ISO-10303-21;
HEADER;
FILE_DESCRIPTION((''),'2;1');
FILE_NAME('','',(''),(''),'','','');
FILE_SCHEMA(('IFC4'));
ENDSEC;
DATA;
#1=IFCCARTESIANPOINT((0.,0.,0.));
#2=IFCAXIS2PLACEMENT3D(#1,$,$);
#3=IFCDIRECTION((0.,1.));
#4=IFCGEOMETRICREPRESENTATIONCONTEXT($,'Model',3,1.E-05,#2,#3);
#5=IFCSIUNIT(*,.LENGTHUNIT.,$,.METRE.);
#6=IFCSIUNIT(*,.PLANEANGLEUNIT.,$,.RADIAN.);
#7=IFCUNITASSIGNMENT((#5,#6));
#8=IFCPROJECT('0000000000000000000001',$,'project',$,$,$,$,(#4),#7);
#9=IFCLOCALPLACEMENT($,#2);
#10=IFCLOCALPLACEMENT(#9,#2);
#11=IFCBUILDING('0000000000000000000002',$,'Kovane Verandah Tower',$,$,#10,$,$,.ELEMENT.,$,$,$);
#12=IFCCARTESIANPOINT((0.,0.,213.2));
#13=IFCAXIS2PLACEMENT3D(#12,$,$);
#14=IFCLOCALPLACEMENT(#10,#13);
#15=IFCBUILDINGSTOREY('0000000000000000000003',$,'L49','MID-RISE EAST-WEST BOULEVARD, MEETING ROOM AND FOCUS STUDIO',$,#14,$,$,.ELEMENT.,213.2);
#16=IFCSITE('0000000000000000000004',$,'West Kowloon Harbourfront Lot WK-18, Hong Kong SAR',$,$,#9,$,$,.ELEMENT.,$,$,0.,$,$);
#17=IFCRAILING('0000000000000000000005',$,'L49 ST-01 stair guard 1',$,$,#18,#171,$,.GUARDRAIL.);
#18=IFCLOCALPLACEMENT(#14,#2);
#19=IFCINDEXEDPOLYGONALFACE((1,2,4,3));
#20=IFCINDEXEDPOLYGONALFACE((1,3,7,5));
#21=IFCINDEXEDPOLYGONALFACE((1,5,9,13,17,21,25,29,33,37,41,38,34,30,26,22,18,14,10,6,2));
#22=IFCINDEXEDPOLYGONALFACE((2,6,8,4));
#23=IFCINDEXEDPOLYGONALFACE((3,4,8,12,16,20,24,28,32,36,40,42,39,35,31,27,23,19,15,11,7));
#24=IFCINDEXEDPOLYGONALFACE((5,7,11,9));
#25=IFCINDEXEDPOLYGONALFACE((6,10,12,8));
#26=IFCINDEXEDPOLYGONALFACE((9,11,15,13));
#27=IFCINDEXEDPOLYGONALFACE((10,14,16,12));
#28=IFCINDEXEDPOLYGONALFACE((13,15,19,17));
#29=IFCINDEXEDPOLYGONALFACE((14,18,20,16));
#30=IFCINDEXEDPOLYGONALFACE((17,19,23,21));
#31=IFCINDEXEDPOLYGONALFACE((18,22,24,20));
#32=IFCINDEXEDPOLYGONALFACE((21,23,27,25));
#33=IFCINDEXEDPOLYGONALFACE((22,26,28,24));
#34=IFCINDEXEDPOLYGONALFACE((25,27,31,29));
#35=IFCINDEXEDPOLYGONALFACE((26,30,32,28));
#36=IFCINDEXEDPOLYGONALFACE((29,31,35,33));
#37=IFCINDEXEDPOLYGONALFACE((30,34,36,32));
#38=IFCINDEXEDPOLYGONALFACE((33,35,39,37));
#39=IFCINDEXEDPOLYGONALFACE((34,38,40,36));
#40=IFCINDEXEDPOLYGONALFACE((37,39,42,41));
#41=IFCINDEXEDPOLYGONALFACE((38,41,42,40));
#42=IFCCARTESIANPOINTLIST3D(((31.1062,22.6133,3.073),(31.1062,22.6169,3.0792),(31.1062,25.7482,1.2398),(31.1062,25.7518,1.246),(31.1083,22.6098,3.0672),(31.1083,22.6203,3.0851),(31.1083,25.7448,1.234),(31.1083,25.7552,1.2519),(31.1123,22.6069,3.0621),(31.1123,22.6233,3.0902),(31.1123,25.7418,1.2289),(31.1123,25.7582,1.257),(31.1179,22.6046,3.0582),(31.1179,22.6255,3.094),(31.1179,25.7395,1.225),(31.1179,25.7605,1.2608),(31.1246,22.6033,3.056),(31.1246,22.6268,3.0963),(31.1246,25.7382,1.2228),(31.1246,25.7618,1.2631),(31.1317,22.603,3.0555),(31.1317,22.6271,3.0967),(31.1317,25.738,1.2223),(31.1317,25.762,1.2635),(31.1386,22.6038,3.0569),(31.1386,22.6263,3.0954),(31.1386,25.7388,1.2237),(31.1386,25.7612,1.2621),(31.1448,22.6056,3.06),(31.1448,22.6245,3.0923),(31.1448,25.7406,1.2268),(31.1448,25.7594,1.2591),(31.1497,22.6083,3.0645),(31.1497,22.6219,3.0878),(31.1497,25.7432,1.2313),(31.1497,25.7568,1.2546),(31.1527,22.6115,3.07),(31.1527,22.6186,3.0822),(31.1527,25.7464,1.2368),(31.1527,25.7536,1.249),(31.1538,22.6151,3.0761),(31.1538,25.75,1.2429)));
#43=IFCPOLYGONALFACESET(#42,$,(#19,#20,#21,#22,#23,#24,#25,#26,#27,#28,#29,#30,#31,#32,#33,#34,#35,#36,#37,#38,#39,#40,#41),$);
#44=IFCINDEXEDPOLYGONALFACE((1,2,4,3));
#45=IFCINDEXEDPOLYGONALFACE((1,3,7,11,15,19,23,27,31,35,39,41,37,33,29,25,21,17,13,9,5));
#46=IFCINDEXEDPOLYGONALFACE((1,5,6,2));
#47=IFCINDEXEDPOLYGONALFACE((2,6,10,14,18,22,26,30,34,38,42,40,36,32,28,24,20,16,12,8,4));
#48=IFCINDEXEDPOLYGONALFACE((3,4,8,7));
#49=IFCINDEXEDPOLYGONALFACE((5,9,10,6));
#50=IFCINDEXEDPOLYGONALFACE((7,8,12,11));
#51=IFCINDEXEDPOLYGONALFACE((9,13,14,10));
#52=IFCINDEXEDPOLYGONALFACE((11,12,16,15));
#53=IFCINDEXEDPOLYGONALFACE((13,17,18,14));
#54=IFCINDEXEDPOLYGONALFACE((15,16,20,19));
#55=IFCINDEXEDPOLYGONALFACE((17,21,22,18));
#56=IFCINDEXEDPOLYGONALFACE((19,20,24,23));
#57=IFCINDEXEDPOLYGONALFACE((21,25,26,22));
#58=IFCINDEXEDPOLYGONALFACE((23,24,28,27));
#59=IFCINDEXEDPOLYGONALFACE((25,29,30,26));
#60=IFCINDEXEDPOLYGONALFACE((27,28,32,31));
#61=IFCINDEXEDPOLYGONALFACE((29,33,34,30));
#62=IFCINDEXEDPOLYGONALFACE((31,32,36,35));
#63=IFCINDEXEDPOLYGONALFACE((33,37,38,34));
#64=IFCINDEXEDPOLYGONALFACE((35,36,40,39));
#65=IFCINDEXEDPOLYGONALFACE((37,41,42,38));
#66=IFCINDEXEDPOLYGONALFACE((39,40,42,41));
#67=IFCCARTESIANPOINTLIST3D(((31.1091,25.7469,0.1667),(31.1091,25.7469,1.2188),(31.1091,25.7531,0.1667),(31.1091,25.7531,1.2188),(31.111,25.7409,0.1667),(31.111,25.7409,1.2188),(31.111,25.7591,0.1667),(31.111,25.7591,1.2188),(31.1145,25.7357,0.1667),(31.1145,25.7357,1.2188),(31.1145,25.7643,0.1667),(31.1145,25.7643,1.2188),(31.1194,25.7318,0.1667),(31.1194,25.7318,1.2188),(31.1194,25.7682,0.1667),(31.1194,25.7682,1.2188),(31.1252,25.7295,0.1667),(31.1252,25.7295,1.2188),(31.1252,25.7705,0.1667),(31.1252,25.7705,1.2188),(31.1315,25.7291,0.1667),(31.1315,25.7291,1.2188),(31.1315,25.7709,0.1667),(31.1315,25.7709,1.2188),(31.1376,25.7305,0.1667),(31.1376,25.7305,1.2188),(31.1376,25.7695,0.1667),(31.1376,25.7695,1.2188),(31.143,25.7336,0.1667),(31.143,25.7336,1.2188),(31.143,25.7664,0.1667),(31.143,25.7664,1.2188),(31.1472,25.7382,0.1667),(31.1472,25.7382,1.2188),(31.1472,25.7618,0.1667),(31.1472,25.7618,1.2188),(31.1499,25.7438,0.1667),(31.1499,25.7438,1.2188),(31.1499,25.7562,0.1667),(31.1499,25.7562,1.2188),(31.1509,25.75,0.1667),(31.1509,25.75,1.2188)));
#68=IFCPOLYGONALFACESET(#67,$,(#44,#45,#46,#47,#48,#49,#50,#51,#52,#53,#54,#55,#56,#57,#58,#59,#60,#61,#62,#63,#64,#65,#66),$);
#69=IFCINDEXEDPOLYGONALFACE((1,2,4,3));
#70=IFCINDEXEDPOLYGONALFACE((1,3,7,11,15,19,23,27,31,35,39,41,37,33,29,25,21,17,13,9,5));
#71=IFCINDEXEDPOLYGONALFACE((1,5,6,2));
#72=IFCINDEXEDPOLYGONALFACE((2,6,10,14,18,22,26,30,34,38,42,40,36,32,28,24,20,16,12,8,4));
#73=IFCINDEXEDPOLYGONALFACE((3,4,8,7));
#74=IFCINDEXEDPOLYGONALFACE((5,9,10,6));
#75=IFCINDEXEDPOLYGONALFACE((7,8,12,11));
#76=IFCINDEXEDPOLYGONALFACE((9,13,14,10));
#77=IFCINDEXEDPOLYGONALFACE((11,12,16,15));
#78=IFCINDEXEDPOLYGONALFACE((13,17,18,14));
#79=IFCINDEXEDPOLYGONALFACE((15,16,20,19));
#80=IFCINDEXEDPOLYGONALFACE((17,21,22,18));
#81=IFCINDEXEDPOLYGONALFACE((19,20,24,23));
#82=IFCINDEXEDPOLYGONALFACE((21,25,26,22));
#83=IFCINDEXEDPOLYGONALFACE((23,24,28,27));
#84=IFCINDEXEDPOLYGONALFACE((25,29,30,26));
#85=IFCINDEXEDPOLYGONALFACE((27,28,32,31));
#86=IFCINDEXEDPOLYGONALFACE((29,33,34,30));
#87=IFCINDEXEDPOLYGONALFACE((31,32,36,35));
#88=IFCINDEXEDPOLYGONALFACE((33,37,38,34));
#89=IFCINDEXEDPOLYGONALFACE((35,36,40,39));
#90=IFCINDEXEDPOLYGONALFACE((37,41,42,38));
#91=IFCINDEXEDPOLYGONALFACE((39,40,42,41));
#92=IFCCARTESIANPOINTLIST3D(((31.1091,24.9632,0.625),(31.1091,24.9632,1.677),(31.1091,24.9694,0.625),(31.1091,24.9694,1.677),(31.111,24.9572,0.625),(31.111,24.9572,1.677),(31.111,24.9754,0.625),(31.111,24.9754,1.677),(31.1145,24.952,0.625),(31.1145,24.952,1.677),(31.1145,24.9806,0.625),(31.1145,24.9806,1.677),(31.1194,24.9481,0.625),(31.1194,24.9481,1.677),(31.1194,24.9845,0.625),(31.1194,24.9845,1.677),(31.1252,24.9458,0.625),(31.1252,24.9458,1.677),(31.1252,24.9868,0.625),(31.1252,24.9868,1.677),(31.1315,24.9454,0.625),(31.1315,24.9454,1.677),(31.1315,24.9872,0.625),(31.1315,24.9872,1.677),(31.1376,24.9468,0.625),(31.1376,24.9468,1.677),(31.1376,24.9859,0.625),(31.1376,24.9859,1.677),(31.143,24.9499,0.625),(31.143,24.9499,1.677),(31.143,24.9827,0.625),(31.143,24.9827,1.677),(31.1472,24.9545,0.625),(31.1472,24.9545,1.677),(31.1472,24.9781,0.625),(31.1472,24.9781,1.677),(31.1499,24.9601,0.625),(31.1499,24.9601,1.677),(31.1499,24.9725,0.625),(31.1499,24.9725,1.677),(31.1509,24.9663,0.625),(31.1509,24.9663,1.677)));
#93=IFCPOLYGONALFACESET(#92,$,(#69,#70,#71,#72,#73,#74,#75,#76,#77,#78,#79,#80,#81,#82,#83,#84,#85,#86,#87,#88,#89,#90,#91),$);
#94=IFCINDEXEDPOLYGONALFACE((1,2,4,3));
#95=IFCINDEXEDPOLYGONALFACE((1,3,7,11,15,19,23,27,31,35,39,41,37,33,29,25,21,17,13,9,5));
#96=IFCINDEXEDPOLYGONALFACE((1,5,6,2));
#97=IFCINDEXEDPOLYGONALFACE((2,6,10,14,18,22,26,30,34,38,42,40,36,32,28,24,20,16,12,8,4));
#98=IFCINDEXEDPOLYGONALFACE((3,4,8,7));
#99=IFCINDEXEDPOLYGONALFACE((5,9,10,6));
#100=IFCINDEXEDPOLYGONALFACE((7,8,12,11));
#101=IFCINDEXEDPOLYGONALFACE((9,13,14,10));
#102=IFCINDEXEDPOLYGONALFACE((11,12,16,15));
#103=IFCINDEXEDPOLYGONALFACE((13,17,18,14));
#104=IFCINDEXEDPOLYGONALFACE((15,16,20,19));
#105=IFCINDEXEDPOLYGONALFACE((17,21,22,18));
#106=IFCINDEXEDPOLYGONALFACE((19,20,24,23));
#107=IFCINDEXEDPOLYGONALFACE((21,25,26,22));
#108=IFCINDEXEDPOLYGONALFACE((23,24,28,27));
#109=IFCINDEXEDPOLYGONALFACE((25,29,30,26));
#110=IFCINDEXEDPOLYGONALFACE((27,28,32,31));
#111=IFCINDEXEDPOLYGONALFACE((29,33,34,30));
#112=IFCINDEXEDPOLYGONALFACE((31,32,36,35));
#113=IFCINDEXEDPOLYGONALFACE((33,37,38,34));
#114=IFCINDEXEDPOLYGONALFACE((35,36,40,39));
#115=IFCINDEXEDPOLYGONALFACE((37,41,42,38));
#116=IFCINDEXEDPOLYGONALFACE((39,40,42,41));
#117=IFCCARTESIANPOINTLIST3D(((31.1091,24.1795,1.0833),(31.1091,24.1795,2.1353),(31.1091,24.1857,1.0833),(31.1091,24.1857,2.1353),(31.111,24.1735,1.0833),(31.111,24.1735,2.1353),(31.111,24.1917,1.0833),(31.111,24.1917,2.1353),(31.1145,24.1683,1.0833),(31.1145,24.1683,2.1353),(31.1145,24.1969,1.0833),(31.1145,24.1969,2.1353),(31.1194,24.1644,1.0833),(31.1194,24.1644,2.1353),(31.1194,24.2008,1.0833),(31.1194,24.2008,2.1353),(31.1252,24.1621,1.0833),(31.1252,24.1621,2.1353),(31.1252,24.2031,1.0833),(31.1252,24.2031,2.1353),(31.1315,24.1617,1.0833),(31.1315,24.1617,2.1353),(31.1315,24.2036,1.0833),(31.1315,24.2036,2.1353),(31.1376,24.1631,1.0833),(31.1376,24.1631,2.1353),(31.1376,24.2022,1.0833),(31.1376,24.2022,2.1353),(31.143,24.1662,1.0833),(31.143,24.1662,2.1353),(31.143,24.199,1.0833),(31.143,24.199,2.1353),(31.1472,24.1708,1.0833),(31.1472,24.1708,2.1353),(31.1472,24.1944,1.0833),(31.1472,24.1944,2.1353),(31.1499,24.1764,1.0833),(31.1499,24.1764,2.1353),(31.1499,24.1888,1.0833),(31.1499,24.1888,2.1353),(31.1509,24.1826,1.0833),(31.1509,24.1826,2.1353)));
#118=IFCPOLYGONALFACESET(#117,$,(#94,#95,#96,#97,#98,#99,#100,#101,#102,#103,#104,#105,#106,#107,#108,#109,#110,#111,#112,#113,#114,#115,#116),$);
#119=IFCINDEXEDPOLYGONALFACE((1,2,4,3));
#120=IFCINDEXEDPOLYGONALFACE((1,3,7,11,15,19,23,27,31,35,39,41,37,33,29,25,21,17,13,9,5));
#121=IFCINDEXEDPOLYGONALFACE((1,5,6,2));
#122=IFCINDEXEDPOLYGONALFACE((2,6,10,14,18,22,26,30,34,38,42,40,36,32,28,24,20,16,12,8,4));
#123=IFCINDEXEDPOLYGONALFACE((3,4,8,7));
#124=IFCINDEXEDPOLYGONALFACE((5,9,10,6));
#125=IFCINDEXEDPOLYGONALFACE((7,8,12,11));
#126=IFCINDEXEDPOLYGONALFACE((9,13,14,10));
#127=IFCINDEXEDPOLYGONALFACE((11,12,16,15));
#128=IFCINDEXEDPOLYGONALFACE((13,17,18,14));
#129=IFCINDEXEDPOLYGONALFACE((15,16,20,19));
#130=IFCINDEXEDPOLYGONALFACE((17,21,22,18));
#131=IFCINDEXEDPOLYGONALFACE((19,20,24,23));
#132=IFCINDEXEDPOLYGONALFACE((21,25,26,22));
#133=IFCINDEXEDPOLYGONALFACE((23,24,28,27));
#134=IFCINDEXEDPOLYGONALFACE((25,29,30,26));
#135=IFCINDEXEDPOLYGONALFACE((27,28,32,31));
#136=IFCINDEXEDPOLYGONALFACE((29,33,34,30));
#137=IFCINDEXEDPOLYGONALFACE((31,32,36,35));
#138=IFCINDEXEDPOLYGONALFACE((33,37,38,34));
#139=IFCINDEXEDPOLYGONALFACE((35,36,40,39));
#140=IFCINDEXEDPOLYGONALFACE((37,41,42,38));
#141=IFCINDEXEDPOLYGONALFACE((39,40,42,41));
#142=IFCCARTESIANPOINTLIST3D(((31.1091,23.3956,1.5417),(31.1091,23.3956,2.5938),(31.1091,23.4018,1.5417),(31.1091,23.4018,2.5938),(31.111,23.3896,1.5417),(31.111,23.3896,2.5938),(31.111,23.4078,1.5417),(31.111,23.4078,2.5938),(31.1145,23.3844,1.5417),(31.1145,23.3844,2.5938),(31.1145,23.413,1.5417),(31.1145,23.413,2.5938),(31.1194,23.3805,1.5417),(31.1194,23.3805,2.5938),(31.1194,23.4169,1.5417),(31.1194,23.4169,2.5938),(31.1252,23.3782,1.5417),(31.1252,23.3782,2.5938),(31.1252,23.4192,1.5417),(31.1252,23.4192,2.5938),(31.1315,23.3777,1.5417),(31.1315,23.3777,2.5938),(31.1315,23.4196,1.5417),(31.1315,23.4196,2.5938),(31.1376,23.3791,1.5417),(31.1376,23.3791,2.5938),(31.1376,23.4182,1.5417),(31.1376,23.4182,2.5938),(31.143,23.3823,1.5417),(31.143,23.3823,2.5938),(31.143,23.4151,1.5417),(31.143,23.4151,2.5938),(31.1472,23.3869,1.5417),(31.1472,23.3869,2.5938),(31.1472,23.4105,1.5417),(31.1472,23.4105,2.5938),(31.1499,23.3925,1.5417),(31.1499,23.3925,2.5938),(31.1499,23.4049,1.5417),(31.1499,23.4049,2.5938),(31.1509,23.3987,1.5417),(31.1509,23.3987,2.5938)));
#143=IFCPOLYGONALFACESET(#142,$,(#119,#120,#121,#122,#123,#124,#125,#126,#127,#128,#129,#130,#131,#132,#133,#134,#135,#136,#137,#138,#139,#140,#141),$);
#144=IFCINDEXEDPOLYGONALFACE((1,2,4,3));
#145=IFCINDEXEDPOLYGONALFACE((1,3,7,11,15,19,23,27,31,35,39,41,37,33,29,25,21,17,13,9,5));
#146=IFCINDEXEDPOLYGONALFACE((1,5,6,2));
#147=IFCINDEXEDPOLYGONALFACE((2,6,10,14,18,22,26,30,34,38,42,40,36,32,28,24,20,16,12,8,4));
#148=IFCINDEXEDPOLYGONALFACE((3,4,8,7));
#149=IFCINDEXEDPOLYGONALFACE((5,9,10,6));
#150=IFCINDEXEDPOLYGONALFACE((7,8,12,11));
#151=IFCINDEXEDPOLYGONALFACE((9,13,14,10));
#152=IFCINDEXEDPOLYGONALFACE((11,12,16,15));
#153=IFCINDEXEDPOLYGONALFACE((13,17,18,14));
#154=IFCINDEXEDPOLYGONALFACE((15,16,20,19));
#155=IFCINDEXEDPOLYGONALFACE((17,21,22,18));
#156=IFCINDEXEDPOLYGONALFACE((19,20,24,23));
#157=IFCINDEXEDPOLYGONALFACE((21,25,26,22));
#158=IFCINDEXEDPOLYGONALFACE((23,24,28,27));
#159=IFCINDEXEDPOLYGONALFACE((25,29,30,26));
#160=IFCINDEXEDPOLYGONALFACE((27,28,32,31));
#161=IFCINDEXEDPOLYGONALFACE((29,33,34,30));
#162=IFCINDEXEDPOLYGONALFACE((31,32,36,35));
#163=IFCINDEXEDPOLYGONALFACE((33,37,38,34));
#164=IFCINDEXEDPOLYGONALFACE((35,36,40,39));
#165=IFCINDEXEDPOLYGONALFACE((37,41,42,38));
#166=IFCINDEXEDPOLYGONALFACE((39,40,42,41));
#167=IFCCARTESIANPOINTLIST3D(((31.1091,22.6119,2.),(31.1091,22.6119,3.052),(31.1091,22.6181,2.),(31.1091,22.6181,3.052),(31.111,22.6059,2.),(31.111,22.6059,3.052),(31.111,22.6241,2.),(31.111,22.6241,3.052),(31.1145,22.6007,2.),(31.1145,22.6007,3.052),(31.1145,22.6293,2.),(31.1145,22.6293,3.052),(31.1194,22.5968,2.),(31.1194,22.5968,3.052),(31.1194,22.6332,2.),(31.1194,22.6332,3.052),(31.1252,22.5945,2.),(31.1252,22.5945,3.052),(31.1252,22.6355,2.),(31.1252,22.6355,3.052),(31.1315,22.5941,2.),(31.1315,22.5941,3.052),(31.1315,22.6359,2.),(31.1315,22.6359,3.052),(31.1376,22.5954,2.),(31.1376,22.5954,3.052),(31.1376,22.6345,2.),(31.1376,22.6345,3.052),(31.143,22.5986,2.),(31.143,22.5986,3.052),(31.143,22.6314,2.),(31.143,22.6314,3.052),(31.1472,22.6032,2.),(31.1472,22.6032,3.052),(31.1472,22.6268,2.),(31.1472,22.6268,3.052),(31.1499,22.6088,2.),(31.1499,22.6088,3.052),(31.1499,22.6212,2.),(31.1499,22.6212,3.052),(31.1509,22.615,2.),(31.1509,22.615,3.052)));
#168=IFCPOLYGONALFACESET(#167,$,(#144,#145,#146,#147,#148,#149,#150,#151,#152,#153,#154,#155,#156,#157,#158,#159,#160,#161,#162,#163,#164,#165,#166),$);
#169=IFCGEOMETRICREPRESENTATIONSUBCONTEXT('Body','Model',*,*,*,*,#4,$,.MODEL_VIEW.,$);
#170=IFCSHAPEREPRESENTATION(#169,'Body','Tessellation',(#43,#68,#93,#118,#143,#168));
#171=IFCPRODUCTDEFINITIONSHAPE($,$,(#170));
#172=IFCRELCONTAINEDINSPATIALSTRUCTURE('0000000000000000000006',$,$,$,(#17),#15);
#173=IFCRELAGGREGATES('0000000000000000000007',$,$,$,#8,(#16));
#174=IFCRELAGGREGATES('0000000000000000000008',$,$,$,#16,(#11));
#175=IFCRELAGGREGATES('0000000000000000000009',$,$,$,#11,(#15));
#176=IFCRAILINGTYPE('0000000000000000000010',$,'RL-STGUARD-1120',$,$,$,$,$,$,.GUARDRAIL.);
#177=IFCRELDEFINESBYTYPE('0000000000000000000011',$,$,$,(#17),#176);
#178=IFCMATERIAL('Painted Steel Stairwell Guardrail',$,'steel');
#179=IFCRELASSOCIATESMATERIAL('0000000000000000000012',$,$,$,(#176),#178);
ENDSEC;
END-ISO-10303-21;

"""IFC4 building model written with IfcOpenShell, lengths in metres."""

from ifc_helpers import new_model, si_unit, direction, frame, origin, origin_2d, place, context, subcontext, project, spatial, circle, extrude, material, type_object, element, save


model = new_model("IFC4")

# Units and contexts
model_context = context("Model", 3, precision=1e-05, world=origin(), true_north=direction((0.0, 1.0)))
body_context = subcontext(model_context, "Body", "Model", "MODEL_VIEW")
ifc_project = project(units=[si_unit("LENGTHUNIT", "METRE"), si_unit("PLANEANGLEUNIT", "RADIAN")], contexts=[model_context])

# Site, building, storey
site_placement = place(None, origin())
site = spatial("IfcSite", under=ifc_project, at=site_placement, Name="West Kowloon Harbourfront Lot WK-18, Hong Kong SAR", CompositionType="ELEMENT", RefElevation=0.0)
building_placement = place(site_placement, origin())
building = spatial("IfcBuilding", under=site, at=building_placement, Name="Kovane Verandah Tower", CompositionType="ELEMENT")
storey_placement = place(building_placement, frame((0.0, 0.0, 213.2)))
storey = spatial("IfcBuildingStorey", under=building, at=storey_placement, Name="L49", Description="MID-RISE EAST-WEST BOULEVARD, MEETING ROOM AND FOCUS STUDIO", CompositionType="ELEMENT", Elevation=213.2)

# Railing
ifc_material_1 = material(Name="Painted Steel Stairwell Guardrail", Category="steel")
railing_type_1 = type_object("IfcRailingType", Name="RL-STGUARD-1120", PredefinedType="GUARDRAIL", material=ifc_material_1)
railing_1_placement = place(storey_placement, frame((31.1299, 25.75, 0.1667)))
element("IfcRailing", 1, at=railing_1_placement, inside=storey, type_object=railing_type_1, Name="L49 ST-01 stair guard 1", PredefinedType="GUARDRAIL", context=body_context, shape_type="SweptSolid", body=[
    extrude(circle(Radius=0.0239, at=origin_2d()), frame((0.0, 0.0, 1.0762), z_axis=(0.0, -0.86324, 0.504794), x_axis=(1.0, 0.0, 0.0)), (0.0, 0.0, 1.0), 3.6316),
    extrude(circle(Radius=0.021, at=origin_2d()), origin(), (0.0, 0.0, 1.0), 1.052),
    extrude(circle(Radius=0.021, at=origin_2d()), frame((0.0, -0.7837, 0.4583)), (0.0, 0.0, 1.0), 1.052),
    extrude(circle(Radius=0.021, at=origin_2d()), frame((0.0, -1.5674, 0.9165)), (0.0, 0.0, 1.0), 1.052),
    extrude(circle(Radius=0.021, at=origin_2d()), frame((0.0, -2.3513, 1.375)), (0.0, 0.0, 1.0), 1.052),
    extrude(circle(Radius=0.021, at=origin_2d()), frame((0.0, -3.135, 1.8333)), (0.0, 0.0, 1.0), 1.052),
])

save(model, "model.ifc")
